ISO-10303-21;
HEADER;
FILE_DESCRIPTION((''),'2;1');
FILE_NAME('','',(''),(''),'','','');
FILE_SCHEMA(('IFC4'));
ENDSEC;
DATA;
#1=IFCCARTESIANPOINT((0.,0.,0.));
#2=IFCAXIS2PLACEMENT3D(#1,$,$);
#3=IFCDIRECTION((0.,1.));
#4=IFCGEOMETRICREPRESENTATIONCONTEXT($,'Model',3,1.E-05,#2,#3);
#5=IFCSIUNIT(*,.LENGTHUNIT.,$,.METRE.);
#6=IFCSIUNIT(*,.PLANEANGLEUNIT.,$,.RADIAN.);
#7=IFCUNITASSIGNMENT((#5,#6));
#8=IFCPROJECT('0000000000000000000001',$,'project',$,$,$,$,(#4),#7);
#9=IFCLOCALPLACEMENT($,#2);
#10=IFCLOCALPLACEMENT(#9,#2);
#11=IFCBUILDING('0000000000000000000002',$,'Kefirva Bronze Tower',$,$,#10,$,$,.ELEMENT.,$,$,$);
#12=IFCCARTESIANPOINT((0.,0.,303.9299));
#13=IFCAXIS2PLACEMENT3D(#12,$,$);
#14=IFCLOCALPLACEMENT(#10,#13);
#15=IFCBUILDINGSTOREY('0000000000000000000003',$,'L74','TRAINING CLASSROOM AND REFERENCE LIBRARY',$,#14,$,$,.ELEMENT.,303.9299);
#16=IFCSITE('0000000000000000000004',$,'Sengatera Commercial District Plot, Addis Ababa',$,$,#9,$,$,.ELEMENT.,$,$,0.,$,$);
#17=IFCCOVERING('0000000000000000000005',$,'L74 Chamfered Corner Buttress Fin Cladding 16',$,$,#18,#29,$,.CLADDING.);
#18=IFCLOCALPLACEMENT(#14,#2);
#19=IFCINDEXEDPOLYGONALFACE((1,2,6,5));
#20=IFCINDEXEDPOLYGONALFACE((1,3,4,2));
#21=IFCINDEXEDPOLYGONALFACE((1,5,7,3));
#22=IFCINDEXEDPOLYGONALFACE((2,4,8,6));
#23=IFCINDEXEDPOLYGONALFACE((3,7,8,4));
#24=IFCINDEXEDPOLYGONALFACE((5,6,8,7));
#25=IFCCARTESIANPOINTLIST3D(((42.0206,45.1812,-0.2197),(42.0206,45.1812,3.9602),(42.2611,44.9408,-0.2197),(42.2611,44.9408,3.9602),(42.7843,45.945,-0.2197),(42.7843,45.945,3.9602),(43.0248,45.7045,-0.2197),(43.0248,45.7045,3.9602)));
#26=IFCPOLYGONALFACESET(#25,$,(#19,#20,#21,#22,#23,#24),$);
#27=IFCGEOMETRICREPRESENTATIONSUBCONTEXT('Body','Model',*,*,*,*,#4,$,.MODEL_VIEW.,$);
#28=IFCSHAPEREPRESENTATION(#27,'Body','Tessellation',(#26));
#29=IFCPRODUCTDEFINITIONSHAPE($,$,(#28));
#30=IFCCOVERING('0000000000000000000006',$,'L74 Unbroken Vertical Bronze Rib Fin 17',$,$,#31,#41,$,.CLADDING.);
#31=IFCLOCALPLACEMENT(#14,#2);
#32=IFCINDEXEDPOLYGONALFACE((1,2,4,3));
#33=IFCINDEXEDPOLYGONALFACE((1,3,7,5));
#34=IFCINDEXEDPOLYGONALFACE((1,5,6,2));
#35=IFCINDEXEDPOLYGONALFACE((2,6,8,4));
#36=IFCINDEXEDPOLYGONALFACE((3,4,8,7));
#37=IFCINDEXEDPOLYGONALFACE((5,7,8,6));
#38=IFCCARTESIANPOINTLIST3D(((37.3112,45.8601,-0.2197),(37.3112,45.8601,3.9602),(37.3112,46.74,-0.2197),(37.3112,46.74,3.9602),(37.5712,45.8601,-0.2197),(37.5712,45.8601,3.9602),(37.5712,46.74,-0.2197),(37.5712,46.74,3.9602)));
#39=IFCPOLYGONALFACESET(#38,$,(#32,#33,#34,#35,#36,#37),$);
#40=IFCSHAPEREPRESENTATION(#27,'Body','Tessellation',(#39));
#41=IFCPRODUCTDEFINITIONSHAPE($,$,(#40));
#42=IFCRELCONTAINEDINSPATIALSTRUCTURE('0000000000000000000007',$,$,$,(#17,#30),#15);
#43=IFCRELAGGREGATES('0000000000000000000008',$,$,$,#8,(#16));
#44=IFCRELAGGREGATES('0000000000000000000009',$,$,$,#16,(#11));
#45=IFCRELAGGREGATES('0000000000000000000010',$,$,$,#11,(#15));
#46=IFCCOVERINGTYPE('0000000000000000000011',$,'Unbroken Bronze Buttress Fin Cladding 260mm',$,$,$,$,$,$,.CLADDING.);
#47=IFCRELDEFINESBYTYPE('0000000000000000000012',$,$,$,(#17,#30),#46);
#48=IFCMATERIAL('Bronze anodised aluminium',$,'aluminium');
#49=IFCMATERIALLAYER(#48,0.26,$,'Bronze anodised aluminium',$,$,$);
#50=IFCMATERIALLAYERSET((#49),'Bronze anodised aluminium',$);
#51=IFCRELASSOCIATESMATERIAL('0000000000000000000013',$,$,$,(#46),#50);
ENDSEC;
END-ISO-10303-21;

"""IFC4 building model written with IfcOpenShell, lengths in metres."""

from ifc_helpers import new_model, si_unit, direction, frame, origin, origin_2d, place, context, subcontext, project, spatial, rectangle, extrude, material, layer, layer_set, type_object, element, save


model = new_model("IFC4")

# Units and contexts
model_context = context("Model", 3, precision=1e-05, world=origin(), true_north=direction((0.0, 1.0)))
body_context = subcontext(model_context, "Body", "Model", "MODEL_VIEW")
ifc_project = project(units=[si_unit("LENGTHUNIT", "METRE"), si_unit("PLANEANGLEUNIT", "RADIAN")], contexts=[model_context])

# Site, building, storey
site_placement = place(None, origin())
site = spatial("IfcSite", under=ifc_project, at=site_placement, Name="Sengatera Commercial District Plot, Addis Ababa", CompositionType="ELEMENT", RefElevation=0.0)
building_placement = place(site_placement, origin())
building = spatial("IfcBuilding", under=site, at=building_placement, Name="Kefirva Bronze Tower", CompositionType="ELEMENT")
storey_placement = place(building_placement, frame((0.0, 0.0, 303.9299)))
storey = spatial("IfcBuildingStorey", under=building, at=storey_placement, Name="L74", Description="TRAINING CLASSROOM AND REFERENCE LIBRARY", CompositionType="ELEMENT", Elevation=303.9299)

# Shared definitions
ifc_material_1 = material(Name="Bronze anodised aluminium", Category="aluminium")

# Coverings
ifc_layer_1 = layer(ifc_material_1, 0.26, Name="Bronze anodised aluminium")
ifc_layer_set_1 = layer_set([ifc_layer_1], Name="Bronze anodised aluminium")
covering_type_1 = type_object("IfcCoveringType", Name="Unbroken Bronze Buttress Fin Cladding 260mm", PredefinedType="CLADDING", material=ifc_layer_set_1)
for number, where, z_axis, x_axis, name in (
    (1, (42.5227, 45.4429, -0.2197), (0.0, 0.0, 1.0), (-0.707107, 0.707107, 0.0), "L74 Chamfered Corner Buttress Fin Cladding 16"),
):
    element("IfcCovering", number, at=place(storey_placement, frame(where, z_axis=z_axis, x_axis=x_axis)), inside=storey, type_object=covering_type_1, Name=name, PredefinedType="CLADDING", context=body_context, shape_type="SweptSolid", body=[
        extrude(rectangle(XDim=0.3401, YDim=1.0801, at=origin_2d()), origin(), (0.0, 0.0, 1.0), 4.1799),
    ])
covering_1_placement = place(storey_placement, frame((37.4412, 46.3, -0.2197), z_axis=(0.0, 0.0, 1.0), x_axis=(-1.0, 0.0, 0.0)))
element("IfcCovering", 2, at=covering_1_placement, inside=storey, type_object=covering_type_1, Name="L74 Unbroken Vertical Bronze Rib Fin 17", PredefinedType="CLADDING", context=body_context, shape_type="SweptSolid", body=[
    extrude(rectangle(XDim=0.26, YDim=0.8799, at=origin_2d()), origin(), (0.0, 0.0, 1.0), 4.1799),
])

save(model, "model.ifc")
